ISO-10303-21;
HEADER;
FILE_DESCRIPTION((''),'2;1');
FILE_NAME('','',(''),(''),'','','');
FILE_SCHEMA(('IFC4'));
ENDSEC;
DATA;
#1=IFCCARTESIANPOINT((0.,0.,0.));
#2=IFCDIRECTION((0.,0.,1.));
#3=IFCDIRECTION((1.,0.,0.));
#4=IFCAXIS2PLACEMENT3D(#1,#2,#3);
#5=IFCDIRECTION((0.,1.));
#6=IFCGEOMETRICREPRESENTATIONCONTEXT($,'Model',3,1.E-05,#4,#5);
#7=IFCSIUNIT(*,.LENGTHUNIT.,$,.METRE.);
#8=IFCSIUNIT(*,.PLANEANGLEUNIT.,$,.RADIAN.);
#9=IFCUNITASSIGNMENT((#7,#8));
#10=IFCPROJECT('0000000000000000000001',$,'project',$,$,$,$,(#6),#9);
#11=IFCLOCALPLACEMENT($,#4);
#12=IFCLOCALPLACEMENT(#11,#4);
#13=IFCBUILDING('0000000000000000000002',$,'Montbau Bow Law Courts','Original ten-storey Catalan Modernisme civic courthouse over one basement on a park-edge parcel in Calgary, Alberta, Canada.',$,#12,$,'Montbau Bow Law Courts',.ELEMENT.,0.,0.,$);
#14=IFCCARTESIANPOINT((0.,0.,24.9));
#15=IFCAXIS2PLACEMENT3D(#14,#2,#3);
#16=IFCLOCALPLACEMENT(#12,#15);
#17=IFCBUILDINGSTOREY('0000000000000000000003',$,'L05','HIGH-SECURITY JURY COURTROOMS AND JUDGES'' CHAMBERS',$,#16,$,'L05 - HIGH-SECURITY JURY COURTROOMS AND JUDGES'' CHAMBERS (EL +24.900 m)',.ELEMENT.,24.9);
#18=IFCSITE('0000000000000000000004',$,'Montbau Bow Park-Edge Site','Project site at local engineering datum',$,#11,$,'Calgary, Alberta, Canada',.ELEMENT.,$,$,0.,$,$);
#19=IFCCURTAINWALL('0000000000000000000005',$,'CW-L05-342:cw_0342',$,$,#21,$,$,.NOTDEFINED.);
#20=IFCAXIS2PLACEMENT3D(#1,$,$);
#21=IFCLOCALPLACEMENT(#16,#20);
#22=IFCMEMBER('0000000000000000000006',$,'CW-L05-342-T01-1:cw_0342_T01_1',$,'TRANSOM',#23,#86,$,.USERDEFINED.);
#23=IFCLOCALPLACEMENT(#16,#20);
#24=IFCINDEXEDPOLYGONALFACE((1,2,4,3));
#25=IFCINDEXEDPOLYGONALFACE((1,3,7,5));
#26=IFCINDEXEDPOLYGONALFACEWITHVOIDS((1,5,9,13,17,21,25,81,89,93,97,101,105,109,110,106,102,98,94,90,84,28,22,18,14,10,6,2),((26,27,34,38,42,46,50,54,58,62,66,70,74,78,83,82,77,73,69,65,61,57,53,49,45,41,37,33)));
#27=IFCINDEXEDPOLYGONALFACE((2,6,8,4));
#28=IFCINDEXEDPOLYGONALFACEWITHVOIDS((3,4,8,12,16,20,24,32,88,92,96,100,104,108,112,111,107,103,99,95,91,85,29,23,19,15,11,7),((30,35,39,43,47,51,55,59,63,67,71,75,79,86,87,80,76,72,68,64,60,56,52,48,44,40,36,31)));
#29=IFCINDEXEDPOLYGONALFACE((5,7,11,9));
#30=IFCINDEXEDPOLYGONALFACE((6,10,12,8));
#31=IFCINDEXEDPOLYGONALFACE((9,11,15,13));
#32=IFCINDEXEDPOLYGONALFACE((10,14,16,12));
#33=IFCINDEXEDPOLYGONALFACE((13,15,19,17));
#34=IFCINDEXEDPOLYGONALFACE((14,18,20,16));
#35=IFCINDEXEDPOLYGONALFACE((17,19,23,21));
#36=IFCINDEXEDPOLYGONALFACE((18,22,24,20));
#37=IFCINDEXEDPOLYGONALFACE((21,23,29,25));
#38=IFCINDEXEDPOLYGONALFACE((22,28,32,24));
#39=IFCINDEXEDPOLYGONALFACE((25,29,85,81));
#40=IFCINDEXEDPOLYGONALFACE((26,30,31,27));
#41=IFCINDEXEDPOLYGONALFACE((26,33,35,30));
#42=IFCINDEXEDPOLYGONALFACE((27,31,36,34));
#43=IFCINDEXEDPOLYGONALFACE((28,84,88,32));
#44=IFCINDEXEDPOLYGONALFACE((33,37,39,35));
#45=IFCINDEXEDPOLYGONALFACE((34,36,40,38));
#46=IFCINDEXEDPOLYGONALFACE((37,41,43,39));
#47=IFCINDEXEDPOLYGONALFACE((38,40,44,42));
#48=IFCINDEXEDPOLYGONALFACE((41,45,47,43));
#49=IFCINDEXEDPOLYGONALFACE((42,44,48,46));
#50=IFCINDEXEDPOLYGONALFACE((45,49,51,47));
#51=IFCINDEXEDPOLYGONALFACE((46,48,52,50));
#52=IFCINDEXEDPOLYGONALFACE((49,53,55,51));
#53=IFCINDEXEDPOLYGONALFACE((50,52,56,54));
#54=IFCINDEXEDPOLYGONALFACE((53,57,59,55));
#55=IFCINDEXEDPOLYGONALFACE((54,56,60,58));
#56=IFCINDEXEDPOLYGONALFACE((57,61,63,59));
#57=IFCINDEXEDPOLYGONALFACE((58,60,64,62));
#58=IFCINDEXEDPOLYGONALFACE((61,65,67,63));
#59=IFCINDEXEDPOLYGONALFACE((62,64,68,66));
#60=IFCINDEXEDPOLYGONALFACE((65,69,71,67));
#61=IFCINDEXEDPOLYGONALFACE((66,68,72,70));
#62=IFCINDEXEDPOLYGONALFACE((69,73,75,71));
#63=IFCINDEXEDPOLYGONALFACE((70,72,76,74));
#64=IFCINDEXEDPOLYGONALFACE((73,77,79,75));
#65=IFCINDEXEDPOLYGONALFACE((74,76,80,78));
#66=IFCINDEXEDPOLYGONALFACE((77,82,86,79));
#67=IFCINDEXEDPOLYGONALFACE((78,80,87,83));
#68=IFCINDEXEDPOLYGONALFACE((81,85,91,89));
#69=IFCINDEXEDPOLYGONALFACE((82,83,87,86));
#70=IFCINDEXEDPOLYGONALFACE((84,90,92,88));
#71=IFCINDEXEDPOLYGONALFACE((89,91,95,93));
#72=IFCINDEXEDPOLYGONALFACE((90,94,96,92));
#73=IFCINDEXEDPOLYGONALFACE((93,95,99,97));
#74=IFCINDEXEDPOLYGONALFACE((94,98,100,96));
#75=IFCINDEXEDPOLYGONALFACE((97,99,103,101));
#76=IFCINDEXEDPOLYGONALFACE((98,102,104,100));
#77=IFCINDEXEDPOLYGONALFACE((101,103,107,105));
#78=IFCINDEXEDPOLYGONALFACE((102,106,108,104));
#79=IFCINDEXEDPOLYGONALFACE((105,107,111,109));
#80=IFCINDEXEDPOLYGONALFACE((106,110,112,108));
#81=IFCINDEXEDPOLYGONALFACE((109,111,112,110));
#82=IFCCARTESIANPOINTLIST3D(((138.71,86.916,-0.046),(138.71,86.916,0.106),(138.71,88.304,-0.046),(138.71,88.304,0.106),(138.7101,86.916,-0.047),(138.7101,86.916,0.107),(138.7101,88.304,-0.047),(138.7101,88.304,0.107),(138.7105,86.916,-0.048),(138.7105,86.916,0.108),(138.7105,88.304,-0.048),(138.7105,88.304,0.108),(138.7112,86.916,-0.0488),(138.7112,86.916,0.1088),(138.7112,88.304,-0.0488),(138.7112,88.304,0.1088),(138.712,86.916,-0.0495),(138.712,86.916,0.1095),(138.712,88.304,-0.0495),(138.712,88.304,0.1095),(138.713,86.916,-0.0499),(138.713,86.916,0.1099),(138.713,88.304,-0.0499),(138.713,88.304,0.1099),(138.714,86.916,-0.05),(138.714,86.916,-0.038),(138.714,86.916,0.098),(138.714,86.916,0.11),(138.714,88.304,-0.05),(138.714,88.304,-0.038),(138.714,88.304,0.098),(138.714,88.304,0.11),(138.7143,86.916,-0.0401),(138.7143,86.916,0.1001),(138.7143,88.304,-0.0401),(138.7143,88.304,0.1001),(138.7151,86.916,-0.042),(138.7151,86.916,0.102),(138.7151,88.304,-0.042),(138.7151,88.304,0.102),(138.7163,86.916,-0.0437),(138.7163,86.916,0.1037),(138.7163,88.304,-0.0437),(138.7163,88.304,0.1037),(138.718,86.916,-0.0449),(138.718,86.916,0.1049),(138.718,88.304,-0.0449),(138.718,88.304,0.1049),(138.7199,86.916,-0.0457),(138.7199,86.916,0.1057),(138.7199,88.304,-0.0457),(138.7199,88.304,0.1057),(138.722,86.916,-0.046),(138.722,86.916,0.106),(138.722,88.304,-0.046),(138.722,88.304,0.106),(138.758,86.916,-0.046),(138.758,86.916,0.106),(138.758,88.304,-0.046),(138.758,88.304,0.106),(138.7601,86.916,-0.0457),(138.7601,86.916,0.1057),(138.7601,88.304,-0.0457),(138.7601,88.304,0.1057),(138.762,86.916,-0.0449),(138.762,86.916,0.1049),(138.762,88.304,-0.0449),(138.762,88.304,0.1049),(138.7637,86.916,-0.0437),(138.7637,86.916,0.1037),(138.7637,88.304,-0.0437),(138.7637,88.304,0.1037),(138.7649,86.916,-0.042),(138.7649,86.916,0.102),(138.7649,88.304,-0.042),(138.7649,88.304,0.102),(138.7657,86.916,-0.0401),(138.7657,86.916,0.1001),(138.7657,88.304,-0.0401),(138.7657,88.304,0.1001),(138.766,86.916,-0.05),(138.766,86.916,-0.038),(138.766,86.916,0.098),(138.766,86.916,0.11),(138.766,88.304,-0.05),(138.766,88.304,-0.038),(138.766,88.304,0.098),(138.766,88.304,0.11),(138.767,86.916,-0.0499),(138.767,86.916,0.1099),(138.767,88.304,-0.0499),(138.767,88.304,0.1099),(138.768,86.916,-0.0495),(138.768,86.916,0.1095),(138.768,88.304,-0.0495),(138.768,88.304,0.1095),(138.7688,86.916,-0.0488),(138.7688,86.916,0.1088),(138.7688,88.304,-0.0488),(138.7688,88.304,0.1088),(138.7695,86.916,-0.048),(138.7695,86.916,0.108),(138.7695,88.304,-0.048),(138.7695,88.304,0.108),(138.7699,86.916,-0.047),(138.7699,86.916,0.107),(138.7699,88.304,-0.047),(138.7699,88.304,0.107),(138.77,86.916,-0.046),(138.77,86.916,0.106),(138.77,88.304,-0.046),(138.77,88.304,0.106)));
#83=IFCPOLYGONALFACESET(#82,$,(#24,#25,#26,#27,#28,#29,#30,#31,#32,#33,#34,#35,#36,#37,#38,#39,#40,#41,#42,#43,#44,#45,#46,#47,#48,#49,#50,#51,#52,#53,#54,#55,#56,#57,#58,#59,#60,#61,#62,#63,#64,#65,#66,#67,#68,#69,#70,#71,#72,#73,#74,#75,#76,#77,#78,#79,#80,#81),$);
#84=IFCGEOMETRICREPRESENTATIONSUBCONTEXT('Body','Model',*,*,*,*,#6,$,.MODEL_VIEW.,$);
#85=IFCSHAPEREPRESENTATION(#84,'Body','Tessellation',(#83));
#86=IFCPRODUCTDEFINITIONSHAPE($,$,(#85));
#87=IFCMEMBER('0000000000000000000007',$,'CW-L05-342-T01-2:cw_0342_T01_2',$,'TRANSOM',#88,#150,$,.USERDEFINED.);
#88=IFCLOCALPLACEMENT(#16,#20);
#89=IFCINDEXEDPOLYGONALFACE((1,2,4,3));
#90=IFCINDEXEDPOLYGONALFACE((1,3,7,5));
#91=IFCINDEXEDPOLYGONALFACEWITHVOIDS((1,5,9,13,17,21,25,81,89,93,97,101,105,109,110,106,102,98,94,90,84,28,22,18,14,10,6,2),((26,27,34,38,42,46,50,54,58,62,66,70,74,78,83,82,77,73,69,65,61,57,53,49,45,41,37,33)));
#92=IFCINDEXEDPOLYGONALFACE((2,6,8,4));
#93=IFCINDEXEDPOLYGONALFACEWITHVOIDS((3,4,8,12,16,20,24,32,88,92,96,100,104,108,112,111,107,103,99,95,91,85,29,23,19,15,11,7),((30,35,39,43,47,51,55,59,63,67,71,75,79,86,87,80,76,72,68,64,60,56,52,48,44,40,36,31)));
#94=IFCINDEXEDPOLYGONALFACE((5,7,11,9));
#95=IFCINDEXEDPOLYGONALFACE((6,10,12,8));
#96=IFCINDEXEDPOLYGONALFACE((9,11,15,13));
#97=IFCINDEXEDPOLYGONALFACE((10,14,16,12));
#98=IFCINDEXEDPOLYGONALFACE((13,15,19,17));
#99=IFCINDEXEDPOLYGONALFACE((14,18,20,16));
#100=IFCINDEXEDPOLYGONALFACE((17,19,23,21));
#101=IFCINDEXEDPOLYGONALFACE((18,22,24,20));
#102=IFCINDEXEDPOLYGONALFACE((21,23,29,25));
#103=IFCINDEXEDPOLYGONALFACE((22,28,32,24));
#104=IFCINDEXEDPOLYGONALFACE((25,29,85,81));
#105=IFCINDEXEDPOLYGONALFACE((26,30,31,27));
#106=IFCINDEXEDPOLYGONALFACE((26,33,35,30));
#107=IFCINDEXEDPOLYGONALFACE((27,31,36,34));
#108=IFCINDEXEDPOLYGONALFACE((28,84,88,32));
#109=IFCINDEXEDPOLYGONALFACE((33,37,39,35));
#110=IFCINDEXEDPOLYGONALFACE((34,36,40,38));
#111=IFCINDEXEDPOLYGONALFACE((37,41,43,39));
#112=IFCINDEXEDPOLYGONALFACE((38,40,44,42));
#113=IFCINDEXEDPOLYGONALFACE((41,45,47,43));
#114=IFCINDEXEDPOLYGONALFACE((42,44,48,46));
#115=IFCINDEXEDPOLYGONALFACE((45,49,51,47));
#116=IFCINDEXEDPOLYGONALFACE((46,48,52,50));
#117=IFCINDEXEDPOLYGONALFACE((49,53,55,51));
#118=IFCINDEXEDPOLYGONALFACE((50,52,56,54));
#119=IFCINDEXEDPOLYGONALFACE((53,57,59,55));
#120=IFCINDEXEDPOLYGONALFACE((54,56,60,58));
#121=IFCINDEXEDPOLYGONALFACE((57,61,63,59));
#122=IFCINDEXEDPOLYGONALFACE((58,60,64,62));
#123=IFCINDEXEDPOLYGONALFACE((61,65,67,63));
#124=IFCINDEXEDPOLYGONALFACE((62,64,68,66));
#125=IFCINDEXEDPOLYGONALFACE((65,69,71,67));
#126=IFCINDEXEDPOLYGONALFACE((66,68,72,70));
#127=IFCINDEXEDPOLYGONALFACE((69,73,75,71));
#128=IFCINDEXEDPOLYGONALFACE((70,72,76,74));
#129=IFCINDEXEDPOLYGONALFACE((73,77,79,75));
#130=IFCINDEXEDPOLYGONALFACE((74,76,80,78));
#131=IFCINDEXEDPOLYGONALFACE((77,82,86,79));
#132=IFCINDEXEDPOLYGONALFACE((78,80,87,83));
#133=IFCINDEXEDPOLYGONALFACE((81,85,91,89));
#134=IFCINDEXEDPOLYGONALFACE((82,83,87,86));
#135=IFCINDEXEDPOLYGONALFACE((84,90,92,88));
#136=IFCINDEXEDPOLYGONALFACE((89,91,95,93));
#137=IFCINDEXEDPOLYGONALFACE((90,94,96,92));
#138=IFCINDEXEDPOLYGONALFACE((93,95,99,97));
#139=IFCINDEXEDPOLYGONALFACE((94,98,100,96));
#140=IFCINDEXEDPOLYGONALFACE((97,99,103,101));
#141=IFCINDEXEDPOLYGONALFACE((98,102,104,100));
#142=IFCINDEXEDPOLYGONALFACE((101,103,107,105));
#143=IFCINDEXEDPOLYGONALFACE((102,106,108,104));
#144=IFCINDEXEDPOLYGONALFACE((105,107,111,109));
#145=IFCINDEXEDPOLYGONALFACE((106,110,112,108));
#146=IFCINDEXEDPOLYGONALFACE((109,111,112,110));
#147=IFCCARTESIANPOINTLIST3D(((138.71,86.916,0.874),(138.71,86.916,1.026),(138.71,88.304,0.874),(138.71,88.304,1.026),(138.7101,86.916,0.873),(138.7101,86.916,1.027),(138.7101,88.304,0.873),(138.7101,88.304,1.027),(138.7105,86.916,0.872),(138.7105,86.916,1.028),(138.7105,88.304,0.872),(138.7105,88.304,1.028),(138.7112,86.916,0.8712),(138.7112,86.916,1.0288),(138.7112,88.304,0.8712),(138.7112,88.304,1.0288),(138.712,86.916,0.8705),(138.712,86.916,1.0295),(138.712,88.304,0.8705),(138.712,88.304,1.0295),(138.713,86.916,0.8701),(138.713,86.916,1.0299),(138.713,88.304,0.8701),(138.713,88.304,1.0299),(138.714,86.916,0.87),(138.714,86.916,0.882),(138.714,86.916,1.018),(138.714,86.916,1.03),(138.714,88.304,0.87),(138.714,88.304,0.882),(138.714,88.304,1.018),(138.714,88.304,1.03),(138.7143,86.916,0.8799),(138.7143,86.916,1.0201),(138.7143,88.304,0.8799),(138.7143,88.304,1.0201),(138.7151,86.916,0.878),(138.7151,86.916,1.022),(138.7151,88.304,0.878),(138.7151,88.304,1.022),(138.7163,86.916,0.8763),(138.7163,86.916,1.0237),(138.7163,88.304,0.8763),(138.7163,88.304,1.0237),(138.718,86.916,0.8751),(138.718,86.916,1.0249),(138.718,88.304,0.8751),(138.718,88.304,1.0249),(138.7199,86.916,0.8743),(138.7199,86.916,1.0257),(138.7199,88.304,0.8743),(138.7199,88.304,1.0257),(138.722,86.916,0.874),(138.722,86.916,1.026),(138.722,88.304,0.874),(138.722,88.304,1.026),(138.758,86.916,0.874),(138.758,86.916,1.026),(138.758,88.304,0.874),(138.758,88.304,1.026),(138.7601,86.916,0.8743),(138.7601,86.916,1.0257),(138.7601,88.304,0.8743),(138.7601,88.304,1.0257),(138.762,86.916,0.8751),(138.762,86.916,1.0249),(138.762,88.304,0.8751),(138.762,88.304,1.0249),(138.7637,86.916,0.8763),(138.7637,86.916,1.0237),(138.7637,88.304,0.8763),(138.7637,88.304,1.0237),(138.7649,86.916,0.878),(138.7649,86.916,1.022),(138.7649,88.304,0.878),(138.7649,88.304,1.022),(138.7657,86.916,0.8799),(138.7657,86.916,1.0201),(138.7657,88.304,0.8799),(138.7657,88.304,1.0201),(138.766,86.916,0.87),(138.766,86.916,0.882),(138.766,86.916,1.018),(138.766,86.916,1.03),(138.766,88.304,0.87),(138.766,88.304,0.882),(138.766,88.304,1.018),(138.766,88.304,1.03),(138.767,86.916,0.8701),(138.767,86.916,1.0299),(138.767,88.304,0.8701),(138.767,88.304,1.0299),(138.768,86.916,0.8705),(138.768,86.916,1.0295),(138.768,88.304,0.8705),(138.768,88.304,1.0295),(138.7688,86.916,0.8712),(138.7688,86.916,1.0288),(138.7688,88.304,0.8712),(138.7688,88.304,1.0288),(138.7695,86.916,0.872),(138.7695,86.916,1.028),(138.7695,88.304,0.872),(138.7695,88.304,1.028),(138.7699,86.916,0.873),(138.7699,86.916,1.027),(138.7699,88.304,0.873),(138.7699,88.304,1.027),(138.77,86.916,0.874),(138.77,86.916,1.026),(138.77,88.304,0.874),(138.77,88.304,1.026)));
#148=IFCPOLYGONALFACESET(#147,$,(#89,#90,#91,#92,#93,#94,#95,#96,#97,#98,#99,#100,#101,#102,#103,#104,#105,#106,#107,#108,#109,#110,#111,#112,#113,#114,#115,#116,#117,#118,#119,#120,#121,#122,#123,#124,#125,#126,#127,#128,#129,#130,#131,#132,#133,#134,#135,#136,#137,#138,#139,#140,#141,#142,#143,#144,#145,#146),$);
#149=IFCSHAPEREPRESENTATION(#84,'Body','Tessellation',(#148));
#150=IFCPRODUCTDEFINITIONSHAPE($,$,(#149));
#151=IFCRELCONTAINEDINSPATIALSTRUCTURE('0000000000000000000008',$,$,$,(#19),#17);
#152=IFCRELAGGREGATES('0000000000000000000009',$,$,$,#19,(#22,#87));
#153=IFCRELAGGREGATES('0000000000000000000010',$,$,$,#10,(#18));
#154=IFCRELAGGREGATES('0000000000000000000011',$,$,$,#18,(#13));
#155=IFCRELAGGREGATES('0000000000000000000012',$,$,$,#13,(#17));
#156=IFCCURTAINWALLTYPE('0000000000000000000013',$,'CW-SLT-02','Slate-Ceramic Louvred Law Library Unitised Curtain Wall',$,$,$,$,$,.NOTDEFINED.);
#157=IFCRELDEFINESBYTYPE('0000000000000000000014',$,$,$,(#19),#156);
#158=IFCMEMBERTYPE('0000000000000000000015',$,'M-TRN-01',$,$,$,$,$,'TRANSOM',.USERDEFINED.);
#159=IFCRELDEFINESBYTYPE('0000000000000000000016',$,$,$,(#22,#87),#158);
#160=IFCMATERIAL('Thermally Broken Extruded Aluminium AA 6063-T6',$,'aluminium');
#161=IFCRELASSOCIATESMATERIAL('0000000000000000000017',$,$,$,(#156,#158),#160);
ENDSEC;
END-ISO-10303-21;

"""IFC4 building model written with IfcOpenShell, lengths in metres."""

from ifc_helpers import new_model, si_unit, direction, frame, origin_with_axes, origin_2d_with_axis, place, context, subcontext, project, spatial, hollow_rectangle, extrude, material, material_profile, profile_set, type_object, element, aggregate, save


model = new_model("IFC4")

# Units and contexts
model_context = context("Model", 3, precision=1e-05, world=origin_with_axes(), true_north=direction((0.0, 1.0)))
body_context = subcontext(model_context, "Body", "Model", "MODEL_VIEW")
ifc_project = project(units=[si_unit("LENGTHUNIT", "METRE"), si_unit("PLANEANGLEUNIT", "RADIAN")], contexts=[model_context])

# Site, building, storey
site_placement = place(None, origin_with_axes())
site = spatial("IfcSite", under=ifc_project, at=site_placement, Name="Montbau Bow Park-Edge Site", Description="Project site at local engineering datum", LongName="Calgary, Alberta, Canada", CompositionType="ELEMENT", RefElevation=0.0)
building_placement = place(site_placement, origin_with_axes())
building = spatial("IfcBuilding", under=site, at=building_placement, Name="Montbau Bow Law Courts", Description="Original ten-storey Catalan Modernisme civic courthouse over one basement on a park-edge parcel in Calgary, Alberta, Canada.", LongName="Montbau Bow Law Courts", CompositionType="ELEMENT", ElevationOfRefHeight=0.0, ElevationOfTerrain=0.0)
storey_placement = place(building_placement, frame((0.0, 0.0, 24.9), z_axis=(0.0, 0.0, 1.0), x_axis=(1.0, 0.0, 0.0)))
storey = spatial("IfcBuildingStorey", under=building, at=storey_placement, Name="L05", Description="HIGH-SECURITY JURY COURTROOMS AND JUDGES' CHAMBERS", LongName="L05 - HIGH-SECURITY JURY COURTROOMS AND JUDGES' CHAMBERS (EL +24.900 m)", CompositionType="ELEMENT", Elevation=24.9)

# Curtain wall, members
ifc_material_1 = material(Name="Thermally Broken Extruded Aluminium AA 6063-T6", Category="aluminium")
curtain_wall_type = type_object("IfcCurtainWallType", Name="CW-SLT-02", Description="Slate-Ceramic Louvred Law Library Unitised Curtain Wall", PredefinedType="NOTDEFINED", material=ifc_material_1)
curtain_wall_placement = place(None, frame((138.74, 86.84, 24.9), z_axis=(0.0, 0.0, 1.0), x_axis=(1.0, 0.0, 0.0)))
curtain_wall = element("IfcCurtainWall", 1, at=curtain_wall_placement, inside=storey, type_object=curtain_wall_type, Name="CW-L05-342:cw_0342", PredefinedType="NOTDEFINED")
ifc_material_profile_1 = material_profile(ifc_material_1, hollow_rectangle(XDim=0.06, YDim=0.16, WallThickness=0.004, InnerFilletRadius=0.008, OuterFilletRadius=0.004, at=origin_2d_with_axis()), Name="CWT-160X60", Category="Main", Priority=0)
ifc_profile_set_1 = profile_set([ifc_material_profile_1], Name="Thermally Broken Extruded Aluminium AA 6063-T6")
member_type_1 = type_object("IfcMemberType", Name="M-TRN-01", ElementType="TRANSOM", PredefinedType="USERDEFINED", material=ifc_profile_set_1)
member_1_placement = place(None, frame((138.74, 86.916, 24.93), z_axis=(0.0, 1.0, 0.0), x_axis=(-1.0, 0.0, 0.0)))
member_1 = element("IfcMember", 2, at=member_1_placement, type_object=member_type_1, Name="CW-L05-342-T01-1:cw_0342_T01_1", ObjectType="TRANSOM", PredefinedType="USERDEFINED", context=body_context, shape_type="SweptSolid", body=[
    extrude(hollow_rectangle(XDim=0.06, YDim=0.16, WallThickness=0.004, InnerFilletRadius=0.008, OuterFilletRadius=0.004, at=origin_2d_with_axis()), origin_with_axes(), (0.0, 0.0, 1.0), 1.388),
])
member_2_placement = place(None, frame((138.74, 86.916, 25.85), z_axis=(0.0, 1.0, 0.0), x_axis=(-1.0, 0.0, 0.0)))
member_2 = element("IfcMember", 3, at=member_2_placement, type_object=member_type_1, Name="CW-L05-342-T01-2:cw_0342_T01_2", ObjectType="TRANSOM", PredefinedType="USERDEFINED", context=body_context, shape_type="SweptSolid", body=[
    extrude(hollow_rectangle(XDim=0.06, YDim=0.16, WallThickness=0.004, InnerFilletRadius=0.008, OuterFilletRadius=0.004, at=origin_2d_with_axis()), origin_with_axes(), (0.0, 0.0, 1.0), 1.388),
])
aggregate(curtain_wall, [member_1, member_2])

save(model, "model.ifc")
